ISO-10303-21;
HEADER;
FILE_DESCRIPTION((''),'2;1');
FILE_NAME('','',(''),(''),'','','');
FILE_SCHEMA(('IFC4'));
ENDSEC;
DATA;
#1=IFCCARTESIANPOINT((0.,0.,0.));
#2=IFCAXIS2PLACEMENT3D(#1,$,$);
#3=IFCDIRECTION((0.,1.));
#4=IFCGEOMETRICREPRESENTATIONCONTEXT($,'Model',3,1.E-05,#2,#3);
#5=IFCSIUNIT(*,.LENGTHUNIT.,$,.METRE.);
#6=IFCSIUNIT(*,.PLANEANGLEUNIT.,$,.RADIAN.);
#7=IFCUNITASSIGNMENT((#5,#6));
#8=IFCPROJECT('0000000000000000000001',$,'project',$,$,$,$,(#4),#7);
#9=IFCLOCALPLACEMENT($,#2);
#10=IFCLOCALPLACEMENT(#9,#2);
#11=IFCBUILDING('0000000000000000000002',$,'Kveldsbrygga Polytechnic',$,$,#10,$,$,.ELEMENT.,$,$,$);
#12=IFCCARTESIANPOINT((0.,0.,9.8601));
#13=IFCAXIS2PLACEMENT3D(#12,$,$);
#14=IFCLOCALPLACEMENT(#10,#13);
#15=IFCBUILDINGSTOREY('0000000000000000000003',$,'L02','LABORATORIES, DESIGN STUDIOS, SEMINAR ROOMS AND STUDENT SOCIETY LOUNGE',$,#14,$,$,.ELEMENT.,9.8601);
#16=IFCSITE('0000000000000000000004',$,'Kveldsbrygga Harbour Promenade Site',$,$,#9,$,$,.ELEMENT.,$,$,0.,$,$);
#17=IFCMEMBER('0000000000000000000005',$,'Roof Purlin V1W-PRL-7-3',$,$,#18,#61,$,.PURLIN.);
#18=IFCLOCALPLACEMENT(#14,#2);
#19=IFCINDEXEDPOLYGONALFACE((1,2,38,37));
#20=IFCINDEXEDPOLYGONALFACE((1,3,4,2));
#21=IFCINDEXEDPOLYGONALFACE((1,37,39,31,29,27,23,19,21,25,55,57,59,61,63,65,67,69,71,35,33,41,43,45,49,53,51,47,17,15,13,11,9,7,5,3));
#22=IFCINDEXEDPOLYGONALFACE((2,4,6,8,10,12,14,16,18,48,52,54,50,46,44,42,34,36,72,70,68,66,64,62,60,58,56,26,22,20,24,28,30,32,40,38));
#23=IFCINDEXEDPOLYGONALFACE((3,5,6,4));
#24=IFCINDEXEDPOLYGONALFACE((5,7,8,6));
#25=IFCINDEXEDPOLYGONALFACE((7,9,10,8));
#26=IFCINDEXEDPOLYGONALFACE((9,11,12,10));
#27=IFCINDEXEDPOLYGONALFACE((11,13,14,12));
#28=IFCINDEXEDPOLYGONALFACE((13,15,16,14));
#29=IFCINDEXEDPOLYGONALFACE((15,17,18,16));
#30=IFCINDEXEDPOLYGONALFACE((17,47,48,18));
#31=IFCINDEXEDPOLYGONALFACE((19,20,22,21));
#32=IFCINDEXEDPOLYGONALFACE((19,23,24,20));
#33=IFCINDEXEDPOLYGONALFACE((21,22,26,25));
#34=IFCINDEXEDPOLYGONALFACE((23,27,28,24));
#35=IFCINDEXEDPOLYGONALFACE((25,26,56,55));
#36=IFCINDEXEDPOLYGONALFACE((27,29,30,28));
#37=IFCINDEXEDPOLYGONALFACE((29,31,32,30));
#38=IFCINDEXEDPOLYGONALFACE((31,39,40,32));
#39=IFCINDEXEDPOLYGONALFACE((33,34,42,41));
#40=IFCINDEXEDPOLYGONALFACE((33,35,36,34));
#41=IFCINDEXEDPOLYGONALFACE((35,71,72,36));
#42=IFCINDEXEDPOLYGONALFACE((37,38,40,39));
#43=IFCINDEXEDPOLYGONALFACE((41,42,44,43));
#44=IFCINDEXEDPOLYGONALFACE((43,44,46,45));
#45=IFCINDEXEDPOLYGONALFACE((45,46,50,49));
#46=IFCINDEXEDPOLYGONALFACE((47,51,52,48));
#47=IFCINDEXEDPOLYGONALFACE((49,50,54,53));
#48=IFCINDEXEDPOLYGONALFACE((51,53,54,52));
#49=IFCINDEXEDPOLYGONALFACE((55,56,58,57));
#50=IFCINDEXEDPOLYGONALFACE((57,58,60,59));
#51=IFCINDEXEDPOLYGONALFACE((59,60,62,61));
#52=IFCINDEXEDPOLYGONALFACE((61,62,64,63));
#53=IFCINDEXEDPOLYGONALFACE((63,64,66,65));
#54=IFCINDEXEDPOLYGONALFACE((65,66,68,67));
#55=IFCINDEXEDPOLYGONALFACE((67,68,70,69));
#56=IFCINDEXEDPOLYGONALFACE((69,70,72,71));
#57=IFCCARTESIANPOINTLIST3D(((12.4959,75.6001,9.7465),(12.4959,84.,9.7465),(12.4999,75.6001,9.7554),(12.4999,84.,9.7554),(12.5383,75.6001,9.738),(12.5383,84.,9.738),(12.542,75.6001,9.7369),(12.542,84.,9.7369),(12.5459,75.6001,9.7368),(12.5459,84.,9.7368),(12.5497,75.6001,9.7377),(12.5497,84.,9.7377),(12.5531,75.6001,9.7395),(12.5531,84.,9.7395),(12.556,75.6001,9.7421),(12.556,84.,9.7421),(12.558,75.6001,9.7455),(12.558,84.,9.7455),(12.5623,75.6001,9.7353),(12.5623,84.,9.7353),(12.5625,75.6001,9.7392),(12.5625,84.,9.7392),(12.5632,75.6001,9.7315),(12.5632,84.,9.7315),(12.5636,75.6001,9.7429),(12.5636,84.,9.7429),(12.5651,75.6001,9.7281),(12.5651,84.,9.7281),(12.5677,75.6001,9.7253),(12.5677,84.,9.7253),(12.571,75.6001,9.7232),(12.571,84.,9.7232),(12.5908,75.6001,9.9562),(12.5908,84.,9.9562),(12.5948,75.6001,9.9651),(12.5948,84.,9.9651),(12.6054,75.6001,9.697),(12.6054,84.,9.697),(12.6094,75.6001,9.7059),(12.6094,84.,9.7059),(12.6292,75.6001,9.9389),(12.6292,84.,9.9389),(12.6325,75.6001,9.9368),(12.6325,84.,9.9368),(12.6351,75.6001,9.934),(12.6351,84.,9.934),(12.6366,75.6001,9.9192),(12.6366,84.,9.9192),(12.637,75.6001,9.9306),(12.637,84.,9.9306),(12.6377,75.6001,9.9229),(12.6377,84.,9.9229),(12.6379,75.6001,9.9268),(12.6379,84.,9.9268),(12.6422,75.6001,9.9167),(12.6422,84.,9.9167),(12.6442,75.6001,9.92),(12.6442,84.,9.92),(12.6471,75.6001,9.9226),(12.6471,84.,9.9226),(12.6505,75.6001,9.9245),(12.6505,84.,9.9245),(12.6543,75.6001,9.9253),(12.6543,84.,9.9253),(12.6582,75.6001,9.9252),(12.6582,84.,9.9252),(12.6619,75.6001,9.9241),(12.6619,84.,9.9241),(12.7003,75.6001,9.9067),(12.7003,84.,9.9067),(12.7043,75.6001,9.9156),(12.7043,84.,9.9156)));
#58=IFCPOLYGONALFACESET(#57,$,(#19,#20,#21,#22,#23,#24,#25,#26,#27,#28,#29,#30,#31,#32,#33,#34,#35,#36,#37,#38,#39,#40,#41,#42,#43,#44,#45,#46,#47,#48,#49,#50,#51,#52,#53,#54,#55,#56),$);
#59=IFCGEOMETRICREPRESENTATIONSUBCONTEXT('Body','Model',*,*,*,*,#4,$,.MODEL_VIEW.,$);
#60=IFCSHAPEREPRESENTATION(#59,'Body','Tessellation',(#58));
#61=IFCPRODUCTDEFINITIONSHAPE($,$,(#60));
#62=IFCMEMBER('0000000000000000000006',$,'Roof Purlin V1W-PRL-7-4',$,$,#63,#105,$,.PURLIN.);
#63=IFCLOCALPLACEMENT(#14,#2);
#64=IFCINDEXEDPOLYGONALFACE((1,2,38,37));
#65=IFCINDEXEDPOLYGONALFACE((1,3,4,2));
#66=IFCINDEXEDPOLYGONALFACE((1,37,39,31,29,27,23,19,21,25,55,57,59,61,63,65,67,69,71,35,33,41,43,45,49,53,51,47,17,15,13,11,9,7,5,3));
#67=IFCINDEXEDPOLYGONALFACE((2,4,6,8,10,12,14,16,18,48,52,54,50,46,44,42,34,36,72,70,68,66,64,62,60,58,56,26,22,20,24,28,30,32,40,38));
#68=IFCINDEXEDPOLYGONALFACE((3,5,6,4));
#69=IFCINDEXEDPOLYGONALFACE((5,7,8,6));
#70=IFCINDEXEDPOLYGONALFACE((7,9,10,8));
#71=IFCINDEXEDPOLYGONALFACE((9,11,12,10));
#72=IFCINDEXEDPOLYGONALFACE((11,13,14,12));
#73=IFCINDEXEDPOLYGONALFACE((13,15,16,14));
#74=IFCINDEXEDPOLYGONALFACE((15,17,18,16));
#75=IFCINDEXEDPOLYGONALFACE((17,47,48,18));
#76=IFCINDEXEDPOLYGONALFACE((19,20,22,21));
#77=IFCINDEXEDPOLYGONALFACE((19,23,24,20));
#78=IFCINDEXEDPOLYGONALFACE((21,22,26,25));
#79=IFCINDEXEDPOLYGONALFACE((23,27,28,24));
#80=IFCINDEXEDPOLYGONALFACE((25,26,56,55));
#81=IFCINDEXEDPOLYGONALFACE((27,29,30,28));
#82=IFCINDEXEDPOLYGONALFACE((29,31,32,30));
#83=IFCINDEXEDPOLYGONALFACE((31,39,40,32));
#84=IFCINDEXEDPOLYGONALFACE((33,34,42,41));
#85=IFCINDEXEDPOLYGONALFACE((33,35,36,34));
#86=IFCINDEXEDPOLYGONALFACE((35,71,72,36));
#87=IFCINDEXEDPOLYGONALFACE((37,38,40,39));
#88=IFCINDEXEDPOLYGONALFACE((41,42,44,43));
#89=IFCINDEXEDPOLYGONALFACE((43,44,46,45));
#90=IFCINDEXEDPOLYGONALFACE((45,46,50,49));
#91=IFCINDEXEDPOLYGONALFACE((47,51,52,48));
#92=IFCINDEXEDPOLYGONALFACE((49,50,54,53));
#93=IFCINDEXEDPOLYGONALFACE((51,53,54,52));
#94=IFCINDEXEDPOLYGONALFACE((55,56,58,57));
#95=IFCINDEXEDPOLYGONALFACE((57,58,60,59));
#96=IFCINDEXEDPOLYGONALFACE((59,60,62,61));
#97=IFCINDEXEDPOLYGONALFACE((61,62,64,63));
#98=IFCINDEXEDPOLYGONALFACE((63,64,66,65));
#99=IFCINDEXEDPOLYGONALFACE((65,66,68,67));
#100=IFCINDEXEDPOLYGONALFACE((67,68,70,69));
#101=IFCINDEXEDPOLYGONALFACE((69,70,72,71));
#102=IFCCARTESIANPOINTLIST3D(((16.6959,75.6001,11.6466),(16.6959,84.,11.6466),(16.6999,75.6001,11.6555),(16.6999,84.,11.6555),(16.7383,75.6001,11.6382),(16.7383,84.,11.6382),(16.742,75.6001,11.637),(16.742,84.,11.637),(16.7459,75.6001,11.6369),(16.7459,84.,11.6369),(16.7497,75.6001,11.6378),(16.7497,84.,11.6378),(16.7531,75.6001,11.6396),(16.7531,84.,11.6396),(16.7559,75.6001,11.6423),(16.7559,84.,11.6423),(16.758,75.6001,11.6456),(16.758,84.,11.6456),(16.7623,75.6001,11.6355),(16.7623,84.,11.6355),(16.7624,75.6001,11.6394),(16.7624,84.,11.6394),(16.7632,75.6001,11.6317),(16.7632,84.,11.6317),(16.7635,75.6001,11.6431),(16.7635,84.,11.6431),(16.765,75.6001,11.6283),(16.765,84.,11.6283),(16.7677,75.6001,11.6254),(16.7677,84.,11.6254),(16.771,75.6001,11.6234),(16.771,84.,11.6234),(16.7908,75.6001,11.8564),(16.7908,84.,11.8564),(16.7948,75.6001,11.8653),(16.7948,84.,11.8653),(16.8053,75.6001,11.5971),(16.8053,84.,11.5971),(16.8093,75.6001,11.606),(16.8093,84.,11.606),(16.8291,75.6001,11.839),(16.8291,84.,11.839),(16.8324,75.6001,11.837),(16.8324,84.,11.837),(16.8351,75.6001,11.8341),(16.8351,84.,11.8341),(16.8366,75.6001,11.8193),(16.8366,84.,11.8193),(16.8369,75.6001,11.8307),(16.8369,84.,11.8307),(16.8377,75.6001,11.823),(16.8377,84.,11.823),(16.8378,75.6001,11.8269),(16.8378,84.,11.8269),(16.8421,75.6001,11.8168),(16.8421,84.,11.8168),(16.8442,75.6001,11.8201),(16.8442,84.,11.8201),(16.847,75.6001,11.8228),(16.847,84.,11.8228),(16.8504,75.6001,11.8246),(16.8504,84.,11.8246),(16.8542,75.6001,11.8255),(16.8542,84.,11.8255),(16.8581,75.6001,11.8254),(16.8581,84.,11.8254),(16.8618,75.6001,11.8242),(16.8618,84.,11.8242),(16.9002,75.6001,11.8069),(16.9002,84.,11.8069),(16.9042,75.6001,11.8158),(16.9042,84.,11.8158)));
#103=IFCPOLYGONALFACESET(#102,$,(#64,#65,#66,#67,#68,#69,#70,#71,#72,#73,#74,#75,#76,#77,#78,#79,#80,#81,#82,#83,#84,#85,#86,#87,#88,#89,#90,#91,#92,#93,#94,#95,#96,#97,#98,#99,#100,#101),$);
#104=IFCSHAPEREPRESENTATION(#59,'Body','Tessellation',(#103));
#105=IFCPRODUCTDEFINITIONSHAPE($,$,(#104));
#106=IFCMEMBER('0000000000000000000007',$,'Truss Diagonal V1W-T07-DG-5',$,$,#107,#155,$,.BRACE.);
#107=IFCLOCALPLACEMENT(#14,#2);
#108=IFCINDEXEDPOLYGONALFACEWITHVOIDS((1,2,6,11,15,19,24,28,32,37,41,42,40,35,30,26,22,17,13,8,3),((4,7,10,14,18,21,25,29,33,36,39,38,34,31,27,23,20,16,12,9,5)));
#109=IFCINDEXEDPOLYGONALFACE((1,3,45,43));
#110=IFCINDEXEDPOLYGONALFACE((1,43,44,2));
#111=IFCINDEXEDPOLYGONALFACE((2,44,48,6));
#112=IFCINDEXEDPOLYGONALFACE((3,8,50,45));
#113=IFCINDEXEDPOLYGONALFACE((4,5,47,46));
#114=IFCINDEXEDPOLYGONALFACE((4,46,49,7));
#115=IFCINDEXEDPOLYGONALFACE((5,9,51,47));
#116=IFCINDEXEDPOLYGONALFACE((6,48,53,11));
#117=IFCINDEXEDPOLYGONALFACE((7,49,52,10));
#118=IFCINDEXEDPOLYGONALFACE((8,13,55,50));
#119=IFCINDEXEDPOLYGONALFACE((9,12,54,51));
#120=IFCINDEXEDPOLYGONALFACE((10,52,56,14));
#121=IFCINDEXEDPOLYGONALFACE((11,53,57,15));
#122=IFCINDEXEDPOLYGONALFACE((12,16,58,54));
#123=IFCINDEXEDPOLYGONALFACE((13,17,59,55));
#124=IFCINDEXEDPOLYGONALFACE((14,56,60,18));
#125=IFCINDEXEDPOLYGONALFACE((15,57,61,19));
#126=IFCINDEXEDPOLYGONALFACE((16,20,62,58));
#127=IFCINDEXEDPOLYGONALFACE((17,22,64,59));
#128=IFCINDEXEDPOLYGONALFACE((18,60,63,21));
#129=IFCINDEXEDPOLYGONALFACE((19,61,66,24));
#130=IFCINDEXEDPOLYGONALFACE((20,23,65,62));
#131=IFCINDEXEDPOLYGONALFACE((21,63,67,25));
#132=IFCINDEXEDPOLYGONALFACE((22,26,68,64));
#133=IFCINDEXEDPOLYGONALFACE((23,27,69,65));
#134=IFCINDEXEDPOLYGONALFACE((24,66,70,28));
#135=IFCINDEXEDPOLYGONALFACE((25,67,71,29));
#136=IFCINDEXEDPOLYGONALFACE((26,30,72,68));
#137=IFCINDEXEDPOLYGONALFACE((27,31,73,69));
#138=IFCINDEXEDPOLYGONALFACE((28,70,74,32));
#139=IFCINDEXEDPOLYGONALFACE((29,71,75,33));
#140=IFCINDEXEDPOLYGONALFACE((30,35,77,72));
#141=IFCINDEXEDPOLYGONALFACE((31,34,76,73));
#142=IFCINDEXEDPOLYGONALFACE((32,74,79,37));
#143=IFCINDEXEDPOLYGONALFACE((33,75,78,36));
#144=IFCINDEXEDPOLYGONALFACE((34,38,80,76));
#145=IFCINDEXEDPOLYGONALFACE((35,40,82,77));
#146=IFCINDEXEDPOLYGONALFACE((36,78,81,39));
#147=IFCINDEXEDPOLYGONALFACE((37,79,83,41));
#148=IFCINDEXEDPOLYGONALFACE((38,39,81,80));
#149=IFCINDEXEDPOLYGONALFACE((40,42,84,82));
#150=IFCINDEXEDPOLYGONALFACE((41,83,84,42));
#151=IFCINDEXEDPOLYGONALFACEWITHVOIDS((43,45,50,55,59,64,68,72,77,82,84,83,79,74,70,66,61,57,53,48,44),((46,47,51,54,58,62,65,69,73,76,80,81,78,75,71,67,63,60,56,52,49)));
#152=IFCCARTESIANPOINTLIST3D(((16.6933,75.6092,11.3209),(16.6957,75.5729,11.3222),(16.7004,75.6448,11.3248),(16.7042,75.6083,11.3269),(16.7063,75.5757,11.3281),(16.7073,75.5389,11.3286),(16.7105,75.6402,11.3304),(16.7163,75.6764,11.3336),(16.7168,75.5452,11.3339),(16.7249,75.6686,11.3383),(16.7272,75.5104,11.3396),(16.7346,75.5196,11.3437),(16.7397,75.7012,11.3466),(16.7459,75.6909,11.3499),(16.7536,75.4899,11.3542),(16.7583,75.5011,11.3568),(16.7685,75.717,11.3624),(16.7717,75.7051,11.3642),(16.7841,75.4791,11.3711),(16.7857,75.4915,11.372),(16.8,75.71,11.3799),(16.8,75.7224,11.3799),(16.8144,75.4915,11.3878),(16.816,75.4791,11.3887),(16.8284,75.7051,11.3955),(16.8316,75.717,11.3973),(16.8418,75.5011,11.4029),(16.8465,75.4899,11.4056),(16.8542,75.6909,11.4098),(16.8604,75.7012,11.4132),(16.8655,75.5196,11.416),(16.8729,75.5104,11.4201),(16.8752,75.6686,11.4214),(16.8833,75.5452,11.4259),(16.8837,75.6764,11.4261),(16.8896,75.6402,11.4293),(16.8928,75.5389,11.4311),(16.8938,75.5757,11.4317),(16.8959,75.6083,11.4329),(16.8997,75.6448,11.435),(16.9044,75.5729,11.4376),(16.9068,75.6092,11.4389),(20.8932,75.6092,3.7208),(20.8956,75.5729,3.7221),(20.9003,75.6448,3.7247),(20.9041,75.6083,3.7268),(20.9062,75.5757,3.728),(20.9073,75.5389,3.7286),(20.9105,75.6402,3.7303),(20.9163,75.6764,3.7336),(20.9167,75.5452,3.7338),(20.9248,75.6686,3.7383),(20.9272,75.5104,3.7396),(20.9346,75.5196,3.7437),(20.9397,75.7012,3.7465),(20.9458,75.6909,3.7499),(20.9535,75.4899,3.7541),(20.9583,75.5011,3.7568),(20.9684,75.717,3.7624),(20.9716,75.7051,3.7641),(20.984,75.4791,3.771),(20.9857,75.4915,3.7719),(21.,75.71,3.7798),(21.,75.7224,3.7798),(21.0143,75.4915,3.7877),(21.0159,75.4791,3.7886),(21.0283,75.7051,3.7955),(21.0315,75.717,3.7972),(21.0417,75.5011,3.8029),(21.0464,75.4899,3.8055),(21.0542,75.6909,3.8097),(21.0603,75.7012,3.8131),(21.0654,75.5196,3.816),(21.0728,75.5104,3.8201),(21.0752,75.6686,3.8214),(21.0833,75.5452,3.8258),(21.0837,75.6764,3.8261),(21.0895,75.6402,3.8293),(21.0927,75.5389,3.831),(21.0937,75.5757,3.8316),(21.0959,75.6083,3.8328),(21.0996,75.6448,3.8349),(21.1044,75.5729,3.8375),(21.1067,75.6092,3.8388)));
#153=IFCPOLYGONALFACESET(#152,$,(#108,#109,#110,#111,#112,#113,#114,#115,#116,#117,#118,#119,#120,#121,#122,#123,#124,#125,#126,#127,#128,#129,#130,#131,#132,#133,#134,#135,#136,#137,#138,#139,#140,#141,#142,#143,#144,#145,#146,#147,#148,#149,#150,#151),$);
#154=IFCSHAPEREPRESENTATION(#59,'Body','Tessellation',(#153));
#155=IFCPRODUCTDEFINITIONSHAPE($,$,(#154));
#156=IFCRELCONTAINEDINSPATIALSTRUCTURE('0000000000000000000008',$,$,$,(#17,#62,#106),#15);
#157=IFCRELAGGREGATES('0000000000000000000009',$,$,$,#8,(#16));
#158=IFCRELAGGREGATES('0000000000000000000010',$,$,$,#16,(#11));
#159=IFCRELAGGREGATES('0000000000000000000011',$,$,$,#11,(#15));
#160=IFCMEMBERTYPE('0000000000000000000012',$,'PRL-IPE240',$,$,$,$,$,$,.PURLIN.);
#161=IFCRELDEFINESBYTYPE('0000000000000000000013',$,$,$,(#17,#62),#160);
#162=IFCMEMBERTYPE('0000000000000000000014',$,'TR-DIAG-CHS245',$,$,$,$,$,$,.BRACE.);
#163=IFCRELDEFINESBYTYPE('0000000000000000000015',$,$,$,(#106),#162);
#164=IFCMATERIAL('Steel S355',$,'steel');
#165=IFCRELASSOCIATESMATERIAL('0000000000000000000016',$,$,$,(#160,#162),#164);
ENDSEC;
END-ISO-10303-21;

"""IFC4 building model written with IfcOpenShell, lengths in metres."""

from ifc_helpers import new_model, si_unit, direction, frame, origin, origin_2d, place, context, subcontext, project, spatial, hollow_circle, i_section, extrude, material, material_profile, profile_set, type_object, element, save


model = new_model("IFC4")

# Units and contexts
model_context = context("Model", 3, precision=1e-05, world=origin(), true_north=direction((0.0, 1.0)))
body_context = subcontext(model_context, "Body", "Model", "MODEL_VIEW")
ifc_project = project(units=[si_unit("LENGTHUNIT", "METRE"), si_unit("PLANEANGLEUNIT", "RADIAN")], contexts=[model_context])

# Site, building, storey
site_placement = place(None, origin())
site = spatial("IfcSite", under=ifc_project, at=site_placement, Name="Kveldsbrygga Harbour Promenade Site", CompositionType="ELEMENT", RefElevation=0.0)
building_placement = place(site_placement, origin())
building = spatial("IfcBuilding", under=site, at=building_placement, Name="Kveldsbrygga Polytechnic", CompositionType="ELEMENT")
storey_placement = place(building_placement, frame((0.0, 0.0, 9.8601)))
storey = spatial("IfcBuildingStorey", under=building, at=storey_placement, Name="L02", Description="LABORATORIES, DESIGN STUDIOS, SEMINAR ROOMS AND STUDENT SOCIETY LOUNGE", CompositionType="ELEMENT", Elevation=9.8601)

# Members
ifc_material_1 = material(Name="Steel S355", Category="steel")
ifc_material_profile_1 = material_profile(ifc_material_1, i_section(OverallWidth=0.1201, OverallDepth=0.24, WebThickness=0.0061, FlangeThickness=0.0098, FilletRadius=0.0149, at=origin_2d()), Name="IPE 240")
ifc_profile_set_1 = profile_set([ifc_material_profile_1], Name="Steel S355")
member_type_1 = type_object("IfcMemberType", Name="PRL-IPE240", PredefinedType="PURLIN", material=ifc_profile_set_1)
for number, where, z_axis, x_axis, name in (
    (1, (12.6001, 75.6001, 9.8311), (0.0, 1.0, 0.0), (-0.911108, 0.0, 0.412168), "Roof Purlin V1W-PRL-7-3"),
    (2, (16.8, 75.6001, 11.7312), (0.0, 1.0, 0.0), (-0.911108, 0.0, 0.412168), "Roof Purlin V1W-PRL-7-4"),
):
    element("IfcMember", number, at=place(storey_placement, frame(where, z_axis=z_axis, x_axis=x_axis)), inside=storey, type_object=member_type_1, Name=name, PredefinedType="PURLIN", context=body_context, shape_type="SweptSolid", body=[
        extrude(i_section(OverallWidth=0.1201, OverallDepth=0.24, WebThickness=0.0061, FlangeThickness=0.0098, FilletRadius=0.0149, at=origin_2d()), origin(), (0.0, 0.0, 1.0), 8.3999),
    ])
ifc_material_profile_2 = material_profile(ifc_material_1, hollow_circle(Radius=0.1223, WallThickness=0.0125, at=origin_2d()), Name="CHS 244.5x12.5")
ifc_profile_set_2 = profile_set([ifc_material_profile_2], Name="Steel S355")
member_type_2 = type_object("IfcMemberType", Name="TR-DIAG-CHS245", PredefinedType="BRACE", material=ifc_profile_set_2)
member_1_placement = place(storey_placement, frame((16.8, 75.6001, 11.3799), z_axis=(0.483677, 0.0, -0.875247), x_axis=(0.0, 1.0, 0.0)))
element("IfcMember", 3, at=member_1_placement, inside=storey, type_object=member_type_2, Name="Truss Diagonal V1W-T07-DG-5", PredefinedType="BRACE", context=body_context, shape_type="SweptSolid", body=[
    extrude(hollow_circle(Radius=0.1223, WallThickness=0.0125, at=origin_2d()), origin(), (0.0, 0.0, 1.0), 8.6833),
])

save(model, "model.ifc")
